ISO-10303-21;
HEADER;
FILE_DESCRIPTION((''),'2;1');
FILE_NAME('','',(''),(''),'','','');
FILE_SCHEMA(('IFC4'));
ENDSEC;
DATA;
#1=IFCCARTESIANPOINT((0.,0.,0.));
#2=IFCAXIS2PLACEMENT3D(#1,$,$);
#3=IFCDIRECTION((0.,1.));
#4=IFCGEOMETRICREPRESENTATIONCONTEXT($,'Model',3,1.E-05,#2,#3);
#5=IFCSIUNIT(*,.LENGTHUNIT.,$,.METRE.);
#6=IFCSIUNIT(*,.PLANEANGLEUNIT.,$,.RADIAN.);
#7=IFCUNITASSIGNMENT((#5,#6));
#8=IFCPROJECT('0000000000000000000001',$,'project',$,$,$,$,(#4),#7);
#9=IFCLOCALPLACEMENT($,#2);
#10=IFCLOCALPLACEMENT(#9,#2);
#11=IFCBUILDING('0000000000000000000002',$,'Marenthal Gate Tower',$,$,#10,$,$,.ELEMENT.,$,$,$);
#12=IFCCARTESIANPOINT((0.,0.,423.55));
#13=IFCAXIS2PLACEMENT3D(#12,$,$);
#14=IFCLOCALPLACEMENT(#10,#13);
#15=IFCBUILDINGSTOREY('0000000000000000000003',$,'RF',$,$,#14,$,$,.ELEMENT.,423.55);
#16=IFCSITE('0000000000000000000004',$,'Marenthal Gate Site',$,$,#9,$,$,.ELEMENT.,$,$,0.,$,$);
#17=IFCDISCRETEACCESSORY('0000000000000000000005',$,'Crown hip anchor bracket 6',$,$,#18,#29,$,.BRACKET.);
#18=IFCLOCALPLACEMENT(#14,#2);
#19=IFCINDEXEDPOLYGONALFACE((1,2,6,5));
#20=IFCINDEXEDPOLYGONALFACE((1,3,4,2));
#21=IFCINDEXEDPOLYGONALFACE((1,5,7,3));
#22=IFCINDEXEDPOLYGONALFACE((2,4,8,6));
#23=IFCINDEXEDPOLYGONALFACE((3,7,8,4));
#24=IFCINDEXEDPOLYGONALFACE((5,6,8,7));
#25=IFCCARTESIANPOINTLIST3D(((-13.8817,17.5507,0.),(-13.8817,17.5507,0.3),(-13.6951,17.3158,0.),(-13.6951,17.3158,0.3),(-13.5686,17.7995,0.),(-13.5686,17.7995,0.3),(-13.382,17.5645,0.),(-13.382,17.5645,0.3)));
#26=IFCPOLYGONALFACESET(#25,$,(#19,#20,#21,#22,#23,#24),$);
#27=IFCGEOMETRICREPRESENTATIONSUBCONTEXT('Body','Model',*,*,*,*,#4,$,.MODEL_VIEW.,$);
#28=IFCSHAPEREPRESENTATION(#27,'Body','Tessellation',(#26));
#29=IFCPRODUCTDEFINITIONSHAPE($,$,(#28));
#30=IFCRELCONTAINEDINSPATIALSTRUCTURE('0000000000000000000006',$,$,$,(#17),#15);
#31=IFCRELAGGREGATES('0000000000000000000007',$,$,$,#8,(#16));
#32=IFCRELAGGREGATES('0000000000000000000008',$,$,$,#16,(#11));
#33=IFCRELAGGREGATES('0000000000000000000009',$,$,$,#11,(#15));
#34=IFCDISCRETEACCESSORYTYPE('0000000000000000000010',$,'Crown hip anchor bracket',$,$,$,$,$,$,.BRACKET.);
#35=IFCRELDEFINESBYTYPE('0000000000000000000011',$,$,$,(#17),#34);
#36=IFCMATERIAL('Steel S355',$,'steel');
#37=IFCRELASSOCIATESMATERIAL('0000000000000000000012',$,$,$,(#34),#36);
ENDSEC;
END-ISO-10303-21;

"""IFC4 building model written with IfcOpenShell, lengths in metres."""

from ifc_helpers import new_model, si_unit, direction, frame, origin, origin_2d, place, context, subcontext, project, spatial, rectangle, extrude, material, type_object, element, save


model = new_model("IFC4")

# Units and contexts
model_context = context("Model", 3, precision=1e-05, world=origin(), true_north=direction((0.0, 1.0)))
body_context = subcontext(model_context, "Body", "Model", "MODEL_VIEW")
ifc_project = project(units=[si_unit("LENGTHUNIT", "METRE"), si_unit("PLANEANGLEUNIT", "RADIAN")], contexts=[model_context])

# Site, building, storey
site_placement = place(None, origin())
site = spatial("IfcSite", under=ifc_project, at=site_placement, Name="Marenthal Gate Site", CompositionType="ELEMENT", RefElevation=0.0)
building_placement = place(site_placement, origin())
building = spatial("IfcBuilding", under=site, at=building_placement, Name="Marenthal Gate Tower", CompositionType="ELEMENT")
storey_placement = place(building_placement, frame((0.0, 0.0, 423.55)))
storey = spatial("IfcBuildingStorey", under=building, at=storey_placement, Name="RF", CompositionType="ELEMENT", Elevation=423.55)

# Discrete accessory
ifc_material_1 = material(Name="Steel S355", Category="steel")
discrete_accessory_type = type_object("IfcDiscreteAccessoryType", Name="Crown hip anchor bracket", PredefinedType="BRACKET", material=ifc_material_1)
discrete_accessory_placement = place(storey_placement, frame((-13.6318, 17.5576, 0.0), z_axis=(0.0, 0.0, 1.0), x_axis=(0.783026, 0.621989, 0.0)))
element("IfcDiscreteAccessory", 1, at=discrete_accessory_placement, inside=storey, type_object=discrete_accessory_type, Name="Crown hip anchor bracket 6", PredefinedType="BRACKET", context=body_context, shape_type="SweptSolid", body=[
    extrude(rectangle(XDim=0.3999, YDim=0.3, at=origin_2d()), origin(), (0.0, 0.0, 1.0), 0.3),
])

save(model, "model.ifc")
